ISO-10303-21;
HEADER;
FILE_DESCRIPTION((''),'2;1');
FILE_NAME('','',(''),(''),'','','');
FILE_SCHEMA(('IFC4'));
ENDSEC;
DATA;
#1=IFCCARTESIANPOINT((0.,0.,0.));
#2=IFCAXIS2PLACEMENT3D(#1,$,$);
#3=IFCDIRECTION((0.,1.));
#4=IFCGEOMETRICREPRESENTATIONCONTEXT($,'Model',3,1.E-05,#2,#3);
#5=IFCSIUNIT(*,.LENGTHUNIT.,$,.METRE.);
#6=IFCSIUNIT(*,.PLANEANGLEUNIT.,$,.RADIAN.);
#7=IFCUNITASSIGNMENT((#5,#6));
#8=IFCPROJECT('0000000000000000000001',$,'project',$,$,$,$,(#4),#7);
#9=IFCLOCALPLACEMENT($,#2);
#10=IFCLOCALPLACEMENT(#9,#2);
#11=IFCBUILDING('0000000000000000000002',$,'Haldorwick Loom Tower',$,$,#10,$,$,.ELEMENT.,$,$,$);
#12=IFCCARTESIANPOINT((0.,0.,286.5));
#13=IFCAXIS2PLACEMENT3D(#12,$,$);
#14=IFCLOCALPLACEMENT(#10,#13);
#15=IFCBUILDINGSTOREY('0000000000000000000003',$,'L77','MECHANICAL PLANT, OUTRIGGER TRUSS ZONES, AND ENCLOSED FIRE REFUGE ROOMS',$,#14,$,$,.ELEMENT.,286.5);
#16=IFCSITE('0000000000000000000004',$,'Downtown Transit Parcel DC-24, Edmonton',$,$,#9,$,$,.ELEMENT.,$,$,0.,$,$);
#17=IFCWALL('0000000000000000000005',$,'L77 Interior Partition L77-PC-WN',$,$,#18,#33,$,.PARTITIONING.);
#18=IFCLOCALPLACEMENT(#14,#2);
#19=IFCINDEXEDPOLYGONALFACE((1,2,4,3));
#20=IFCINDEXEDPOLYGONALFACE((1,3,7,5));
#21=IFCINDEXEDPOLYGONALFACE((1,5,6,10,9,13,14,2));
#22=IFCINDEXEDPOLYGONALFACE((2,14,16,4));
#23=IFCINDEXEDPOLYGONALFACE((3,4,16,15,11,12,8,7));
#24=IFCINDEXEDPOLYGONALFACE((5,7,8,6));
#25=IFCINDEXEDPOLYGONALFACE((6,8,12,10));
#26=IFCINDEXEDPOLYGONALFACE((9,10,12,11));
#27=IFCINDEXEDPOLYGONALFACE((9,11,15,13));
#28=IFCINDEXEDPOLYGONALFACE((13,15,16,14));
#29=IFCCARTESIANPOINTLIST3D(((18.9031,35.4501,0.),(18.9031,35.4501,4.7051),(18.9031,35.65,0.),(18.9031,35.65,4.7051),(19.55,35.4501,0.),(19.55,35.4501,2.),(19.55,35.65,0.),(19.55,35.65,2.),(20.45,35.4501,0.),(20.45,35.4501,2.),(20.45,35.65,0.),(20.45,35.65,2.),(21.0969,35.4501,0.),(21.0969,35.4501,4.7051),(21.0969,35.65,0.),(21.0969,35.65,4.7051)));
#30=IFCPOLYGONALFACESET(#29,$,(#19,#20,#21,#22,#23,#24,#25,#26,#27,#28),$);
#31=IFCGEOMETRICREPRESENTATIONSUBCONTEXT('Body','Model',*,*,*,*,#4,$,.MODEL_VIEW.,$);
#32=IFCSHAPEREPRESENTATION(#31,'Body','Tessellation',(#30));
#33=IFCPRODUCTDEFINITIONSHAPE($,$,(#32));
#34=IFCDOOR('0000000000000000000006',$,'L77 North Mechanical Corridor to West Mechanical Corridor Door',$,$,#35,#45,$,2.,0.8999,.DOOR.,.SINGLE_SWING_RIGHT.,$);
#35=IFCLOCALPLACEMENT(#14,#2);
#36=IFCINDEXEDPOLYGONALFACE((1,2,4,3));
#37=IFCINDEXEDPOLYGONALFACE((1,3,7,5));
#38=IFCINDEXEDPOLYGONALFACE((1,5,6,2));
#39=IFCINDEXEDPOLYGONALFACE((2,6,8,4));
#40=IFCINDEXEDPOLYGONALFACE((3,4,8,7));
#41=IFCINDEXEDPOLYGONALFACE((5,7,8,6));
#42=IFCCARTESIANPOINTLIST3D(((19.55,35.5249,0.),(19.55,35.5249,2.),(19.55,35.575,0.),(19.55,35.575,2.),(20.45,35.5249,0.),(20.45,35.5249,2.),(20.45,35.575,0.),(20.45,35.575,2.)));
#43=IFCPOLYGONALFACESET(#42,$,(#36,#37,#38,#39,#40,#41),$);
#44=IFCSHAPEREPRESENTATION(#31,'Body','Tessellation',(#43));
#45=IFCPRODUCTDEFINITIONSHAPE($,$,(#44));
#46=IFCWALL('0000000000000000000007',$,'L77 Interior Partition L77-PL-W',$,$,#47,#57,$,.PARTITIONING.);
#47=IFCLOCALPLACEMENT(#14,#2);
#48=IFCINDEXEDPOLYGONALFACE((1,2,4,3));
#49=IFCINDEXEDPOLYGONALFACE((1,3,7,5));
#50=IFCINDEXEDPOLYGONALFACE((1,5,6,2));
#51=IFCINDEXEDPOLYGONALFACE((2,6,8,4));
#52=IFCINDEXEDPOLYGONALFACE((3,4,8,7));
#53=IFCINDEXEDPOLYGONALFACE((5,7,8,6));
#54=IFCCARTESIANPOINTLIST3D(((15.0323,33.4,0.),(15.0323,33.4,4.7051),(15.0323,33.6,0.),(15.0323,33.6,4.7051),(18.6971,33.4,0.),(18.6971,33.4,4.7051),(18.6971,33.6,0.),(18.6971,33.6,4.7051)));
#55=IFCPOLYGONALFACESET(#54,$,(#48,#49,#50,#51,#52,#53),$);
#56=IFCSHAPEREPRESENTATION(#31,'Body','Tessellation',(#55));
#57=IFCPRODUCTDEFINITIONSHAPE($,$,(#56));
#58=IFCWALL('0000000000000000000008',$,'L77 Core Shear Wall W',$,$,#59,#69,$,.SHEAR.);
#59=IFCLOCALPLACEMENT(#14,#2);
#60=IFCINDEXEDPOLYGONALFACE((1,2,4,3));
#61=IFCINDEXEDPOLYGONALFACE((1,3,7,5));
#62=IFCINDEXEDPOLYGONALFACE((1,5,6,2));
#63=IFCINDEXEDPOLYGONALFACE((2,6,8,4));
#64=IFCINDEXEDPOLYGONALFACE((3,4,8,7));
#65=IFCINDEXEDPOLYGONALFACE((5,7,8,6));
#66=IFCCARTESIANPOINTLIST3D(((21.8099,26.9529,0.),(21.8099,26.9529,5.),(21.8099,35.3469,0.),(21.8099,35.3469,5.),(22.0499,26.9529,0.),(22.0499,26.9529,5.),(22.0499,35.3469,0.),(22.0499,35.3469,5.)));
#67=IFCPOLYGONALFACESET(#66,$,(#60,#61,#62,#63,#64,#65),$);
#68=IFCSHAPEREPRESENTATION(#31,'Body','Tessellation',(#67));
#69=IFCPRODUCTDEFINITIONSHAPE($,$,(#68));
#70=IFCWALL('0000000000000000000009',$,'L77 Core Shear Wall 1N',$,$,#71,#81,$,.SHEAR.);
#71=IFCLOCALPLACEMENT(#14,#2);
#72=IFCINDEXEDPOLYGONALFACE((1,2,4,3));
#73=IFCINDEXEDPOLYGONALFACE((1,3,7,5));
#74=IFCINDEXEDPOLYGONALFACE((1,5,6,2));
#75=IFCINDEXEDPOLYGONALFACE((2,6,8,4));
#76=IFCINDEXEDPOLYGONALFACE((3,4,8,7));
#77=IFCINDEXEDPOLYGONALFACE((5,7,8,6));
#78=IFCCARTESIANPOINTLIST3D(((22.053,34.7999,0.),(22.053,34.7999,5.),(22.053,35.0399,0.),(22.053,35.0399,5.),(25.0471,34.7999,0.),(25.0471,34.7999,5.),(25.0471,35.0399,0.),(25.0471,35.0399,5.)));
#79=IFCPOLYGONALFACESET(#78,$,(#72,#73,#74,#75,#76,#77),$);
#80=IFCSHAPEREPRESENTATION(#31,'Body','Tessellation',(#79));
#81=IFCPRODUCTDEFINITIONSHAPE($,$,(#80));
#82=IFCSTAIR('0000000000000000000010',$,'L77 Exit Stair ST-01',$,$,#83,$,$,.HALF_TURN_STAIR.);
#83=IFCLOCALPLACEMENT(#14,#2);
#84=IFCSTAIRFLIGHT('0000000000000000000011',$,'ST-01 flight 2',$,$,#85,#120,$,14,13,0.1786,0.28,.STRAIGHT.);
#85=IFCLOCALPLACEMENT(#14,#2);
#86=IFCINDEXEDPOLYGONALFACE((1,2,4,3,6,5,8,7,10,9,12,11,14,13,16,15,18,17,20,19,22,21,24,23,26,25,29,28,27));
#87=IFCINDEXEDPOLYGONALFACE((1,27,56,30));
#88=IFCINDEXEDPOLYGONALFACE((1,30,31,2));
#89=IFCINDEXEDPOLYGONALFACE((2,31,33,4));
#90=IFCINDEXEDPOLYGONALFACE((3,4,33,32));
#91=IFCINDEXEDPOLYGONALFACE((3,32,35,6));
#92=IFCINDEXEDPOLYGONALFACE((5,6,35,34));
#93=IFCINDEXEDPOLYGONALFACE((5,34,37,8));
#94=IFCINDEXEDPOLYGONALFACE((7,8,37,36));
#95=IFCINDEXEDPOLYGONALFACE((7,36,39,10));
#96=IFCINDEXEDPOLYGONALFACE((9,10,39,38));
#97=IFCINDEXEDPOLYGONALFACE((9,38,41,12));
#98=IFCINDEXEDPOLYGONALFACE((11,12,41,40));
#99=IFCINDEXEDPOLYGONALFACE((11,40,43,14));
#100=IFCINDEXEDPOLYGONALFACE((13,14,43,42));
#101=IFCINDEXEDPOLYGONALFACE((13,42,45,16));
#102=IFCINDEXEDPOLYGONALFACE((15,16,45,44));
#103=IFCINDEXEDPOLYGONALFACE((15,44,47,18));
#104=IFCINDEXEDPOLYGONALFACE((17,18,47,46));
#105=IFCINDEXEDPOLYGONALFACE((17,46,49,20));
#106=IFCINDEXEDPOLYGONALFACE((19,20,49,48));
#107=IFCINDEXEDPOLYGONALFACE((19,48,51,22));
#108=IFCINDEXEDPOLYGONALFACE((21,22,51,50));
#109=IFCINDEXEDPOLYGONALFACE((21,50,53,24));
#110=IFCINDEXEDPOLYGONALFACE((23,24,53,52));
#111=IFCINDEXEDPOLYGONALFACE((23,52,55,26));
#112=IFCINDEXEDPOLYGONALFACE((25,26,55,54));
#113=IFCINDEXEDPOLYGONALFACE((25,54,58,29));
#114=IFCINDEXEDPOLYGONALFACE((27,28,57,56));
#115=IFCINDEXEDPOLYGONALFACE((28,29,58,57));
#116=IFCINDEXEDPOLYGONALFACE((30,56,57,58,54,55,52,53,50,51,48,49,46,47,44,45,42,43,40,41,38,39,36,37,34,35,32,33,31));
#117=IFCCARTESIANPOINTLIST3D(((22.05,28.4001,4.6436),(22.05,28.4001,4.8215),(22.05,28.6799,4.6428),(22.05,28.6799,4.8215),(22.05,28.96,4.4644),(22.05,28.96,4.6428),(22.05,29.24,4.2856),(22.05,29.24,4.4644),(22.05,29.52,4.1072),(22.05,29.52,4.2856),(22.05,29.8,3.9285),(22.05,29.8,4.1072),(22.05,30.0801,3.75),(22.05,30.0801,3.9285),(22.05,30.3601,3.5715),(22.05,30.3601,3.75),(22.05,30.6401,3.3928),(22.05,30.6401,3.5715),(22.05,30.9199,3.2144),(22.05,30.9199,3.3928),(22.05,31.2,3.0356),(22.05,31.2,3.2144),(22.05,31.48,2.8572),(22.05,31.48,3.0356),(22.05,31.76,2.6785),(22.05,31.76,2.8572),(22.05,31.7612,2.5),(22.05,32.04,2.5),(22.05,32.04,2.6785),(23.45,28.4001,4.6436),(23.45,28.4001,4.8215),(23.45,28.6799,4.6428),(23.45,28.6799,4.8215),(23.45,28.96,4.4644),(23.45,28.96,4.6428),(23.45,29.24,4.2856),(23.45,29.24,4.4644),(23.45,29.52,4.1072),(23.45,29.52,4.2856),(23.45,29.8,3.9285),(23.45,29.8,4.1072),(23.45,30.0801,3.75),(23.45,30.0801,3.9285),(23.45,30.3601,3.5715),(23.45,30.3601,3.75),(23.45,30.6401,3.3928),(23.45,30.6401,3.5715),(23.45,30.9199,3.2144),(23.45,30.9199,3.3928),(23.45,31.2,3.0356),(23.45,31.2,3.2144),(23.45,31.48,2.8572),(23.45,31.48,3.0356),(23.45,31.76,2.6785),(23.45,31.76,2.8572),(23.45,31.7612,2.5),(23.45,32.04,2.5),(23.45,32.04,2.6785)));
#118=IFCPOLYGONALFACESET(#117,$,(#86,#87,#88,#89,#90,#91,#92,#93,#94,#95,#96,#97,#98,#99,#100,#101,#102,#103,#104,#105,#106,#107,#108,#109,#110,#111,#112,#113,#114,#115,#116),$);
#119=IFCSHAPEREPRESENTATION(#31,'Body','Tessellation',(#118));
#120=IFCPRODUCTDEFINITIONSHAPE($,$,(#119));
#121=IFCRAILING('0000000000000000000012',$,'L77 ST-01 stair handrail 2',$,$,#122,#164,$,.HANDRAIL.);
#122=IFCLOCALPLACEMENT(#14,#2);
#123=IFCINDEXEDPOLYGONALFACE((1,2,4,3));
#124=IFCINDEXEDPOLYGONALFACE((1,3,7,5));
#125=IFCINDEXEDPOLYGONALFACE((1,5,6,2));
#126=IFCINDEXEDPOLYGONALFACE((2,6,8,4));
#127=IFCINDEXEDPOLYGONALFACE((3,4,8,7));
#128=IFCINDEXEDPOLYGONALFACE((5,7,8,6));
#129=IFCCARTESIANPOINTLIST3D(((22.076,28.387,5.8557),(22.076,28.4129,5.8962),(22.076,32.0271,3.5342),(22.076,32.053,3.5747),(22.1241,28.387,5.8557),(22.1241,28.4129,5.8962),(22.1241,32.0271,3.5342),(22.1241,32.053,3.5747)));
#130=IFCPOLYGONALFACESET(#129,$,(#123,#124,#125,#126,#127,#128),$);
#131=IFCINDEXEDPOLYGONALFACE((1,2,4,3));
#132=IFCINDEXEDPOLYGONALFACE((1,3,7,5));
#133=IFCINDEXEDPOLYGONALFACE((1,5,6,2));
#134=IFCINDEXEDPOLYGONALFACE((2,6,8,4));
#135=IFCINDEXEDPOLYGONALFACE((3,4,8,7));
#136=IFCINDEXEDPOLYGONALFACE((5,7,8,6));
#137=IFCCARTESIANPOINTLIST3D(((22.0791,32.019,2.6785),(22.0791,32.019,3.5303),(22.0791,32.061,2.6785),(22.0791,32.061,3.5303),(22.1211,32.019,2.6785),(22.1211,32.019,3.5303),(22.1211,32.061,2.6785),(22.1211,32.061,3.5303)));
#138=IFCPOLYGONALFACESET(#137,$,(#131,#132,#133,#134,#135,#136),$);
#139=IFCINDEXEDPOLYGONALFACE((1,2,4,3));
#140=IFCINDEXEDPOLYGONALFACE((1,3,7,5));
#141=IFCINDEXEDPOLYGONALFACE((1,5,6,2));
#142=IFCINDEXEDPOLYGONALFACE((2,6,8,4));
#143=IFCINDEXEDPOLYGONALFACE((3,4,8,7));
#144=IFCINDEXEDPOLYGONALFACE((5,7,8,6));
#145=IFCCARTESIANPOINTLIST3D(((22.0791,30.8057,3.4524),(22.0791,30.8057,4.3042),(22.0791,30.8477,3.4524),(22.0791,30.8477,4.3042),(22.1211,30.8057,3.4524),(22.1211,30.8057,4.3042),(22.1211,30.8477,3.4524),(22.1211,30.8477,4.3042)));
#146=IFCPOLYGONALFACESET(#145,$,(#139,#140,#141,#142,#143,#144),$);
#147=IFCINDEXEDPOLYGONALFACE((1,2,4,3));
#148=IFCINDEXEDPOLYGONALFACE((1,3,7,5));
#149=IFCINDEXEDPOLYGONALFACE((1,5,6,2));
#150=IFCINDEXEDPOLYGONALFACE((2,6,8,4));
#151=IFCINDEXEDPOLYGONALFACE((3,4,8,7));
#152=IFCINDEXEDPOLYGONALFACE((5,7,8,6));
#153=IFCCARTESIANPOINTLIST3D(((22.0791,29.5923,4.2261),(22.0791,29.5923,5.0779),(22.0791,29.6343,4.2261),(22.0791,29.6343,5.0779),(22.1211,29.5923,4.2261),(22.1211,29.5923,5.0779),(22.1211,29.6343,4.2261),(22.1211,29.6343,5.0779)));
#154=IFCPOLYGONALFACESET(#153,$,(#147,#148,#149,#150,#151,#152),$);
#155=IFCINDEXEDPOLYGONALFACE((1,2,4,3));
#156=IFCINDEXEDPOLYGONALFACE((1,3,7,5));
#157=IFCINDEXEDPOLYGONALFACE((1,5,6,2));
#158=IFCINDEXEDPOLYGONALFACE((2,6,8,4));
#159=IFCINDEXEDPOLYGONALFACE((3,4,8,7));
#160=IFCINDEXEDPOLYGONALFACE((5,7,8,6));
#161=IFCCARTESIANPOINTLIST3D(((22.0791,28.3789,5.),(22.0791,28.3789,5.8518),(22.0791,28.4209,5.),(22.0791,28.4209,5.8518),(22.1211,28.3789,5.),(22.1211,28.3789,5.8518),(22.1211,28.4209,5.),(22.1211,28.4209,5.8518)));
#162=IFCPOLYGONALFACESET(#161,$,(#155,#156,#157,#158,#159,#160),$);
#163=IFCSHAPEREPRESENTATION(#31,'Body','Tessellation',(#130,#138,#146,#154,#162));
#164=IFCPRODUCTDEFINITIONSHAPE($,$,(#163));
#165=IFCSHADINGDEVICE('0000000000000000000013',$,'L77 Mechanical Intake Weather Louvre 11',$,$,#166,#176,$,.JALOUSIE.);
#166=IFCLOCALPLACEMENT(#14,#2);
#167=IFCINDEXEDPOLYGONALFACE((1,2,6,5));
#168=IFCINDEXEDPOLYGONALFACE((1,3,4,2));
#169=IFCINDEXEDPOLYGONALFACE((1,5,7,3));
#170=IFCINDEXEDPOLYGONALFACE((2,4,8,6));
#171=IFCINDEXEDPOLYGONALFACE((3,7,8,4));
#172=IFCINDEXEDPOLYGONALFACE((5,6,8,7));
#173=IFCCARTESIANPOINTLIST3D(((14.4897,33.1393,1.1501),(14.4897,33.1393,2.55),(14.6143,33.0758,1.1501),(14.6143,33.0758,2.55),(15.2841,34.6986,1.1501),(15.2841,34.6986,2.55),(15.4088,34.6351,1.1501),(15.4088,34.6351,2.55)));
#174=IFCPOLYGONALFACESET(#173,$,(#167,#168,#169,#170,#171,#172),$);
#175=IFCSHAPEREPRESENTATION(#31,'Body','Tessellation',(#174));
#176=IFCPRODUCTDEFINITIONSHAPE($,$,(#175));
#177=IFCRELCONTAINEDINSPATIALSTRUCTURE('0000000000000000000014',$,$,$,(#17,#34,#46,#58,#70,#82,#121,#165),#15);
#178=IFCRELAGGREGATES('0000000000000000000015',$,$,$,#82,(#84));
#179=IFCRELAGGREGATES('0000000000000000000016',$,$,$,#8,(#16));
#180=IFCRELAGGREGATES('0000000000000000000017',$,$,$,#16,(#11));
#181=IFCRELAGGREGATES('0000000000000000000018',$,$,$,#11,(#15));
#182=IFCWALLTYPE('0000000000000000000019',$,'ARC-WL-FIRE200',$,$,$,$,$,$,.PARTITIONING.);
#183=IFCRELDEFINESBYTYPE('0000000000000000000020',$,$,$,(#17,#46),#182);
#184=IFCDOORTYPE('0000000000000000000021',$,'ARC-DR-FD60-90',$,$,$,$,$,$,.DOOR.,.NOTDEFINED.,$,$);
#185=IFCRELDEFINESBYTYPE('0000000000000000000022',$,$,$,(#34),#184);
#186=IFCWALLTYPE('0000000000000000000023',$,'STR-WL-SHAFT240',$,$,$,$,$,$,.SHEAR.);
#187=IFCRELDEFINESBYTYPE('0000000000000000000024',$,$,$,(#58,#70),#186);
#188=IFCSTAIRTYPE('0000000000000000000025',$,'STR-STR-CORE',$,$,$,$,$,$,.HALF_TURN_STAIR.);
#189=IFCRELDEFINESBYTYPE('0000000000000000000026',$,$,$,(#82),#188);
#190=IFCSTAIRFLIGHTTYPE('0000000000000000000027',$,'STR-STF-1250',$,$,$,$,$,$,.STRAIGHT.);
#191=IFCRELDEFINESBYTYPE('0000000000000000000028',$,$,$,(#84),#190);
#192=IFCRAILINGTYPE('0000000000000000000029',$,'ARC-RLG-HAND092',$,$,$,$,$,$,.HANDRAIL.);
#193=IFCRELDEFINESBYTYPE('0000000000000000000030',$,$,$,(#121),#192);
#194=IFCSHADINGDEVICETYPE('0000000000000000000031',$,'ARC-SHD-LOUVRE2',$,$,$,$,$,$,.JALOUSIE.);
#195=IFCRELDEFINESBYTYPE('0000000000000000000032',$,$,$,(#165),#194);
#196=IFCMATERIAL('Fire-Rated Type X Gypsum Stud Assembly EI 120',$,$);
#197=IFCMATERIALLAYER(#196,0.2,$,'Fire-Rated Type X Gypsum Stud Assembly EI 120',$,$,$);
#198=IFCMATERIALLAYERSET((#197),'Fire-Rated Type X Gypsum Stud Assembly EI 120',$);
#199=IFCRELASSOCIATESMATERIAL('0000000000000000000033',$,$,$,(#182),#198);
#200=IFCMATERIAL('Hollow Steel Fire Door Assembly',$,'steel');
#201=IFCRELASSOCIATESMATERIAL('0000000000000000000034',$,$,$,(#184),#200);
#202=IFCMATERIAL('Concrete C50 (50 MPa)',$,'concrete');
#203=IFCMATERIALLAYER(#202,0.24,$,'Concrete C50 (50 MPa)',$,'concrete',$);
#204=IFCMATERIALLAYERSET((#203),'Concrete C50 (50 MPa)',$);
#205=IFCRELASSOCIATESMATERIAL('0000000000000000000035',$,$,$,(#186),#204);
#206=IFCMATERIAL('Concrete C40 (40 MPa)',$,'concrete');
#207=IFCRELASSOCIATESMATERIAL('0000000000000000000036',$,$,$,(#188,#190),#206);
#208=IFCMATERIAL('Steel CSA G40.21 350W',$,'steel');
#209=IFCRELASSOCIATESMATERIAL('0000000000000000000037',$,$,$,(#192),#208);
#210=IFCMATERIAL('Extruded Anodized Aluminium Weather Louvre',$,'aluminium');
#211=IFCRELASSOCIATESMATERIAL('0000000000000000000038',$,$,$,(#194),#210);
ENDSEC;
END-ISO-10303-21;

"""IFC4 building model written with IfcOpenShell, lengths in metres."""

from ifc_helpers import new_model, si_unit, direction, frame, frame_2d, origin, origin_2d, place, context, subcontext, project, spatial, polyline, rectangle, outline, extrude, material, layer, layer_set, type_object, element, fill, aggregate, save


model = new_model("IFC4")

# Units and contexts
model_context = context("Model", 3, precision=1e-05, world=origin(), true_north=direction((0.0, 1.0)))
body_context = subcontext(model_context, "Body", "Model", "MODEL_VIEW")
ifc_project = project(units=[si_unit("LENGTHUNIT", "METRE"), si_unit("PLANEANGLEUNIT", "RADIAN")], contexts=[model_context])

# Site, building, storey
site_placement = place(None, origin())
site = spatial("IfcSite", under=ifc_project, at=site_placement, Name="Downtown Transit Parcel DC-24, Edmonton", CompositionType="ELEMENT", RefElevation=0.0)
building_placement = place(site_placement, origin())
building = spatial("IfcBuilding", under=site, at=building_placement, Name="Haldorwick Loom Tower", CompositionType="ELEMENT")
storey_placement = place(building_placement, frame((0.0, 0.0, 286.5)))
storey = spatial("IfcBuildingStorey", under=building, at=storey_placement, Name="L77", Description="MECHANICAL PLANT, OUTRIGGER TRUSS ZONES, AND ENCLOSED FIRE REFUGE ROOMS", CompositionType="ELEMENT", Elevation=286.5)

# Shared definitions
ifc_material_1 = material(Name="Concrete C50 (50 MPa)", Category="concrete")
ifc_material_2 = material(Name="Steel CSA G40.21 350W", Category="steel")

# Wall, opening, door
ifc_material_3 = material(Name="Fire-Rated Type X Gypsum Stud Assembly EI 120")
ifc_layer_1 = layer(ifc_material_3, 0.2, Name="Fire-Rated Type X Gypsum Stud Assembly EI 120")
ifc_layer_set_1 = layer_set([ifc_layer_1], Name="Fire-Rated Type X Gypsum Stud Assembly EI 120")
wall_type_1 = type_object("IfcWallType", Name="ARC-WL-FIRE200", PredefinedType="PARTITIONING", material=ifc_layer_set_1)
wall_1_placement = place(storey_placement, frame((18.9031, 35.55, 0.0), z_axis=(0.0, 0.0, 1.0), x_axis=(1.0, 0.0, 0.0)))
wall_1 = element("IfcWall", 1, at=wall_1_placement, inside=storey, type_object=wall_type_1, Name="L77 Interior Partition L77-PC-WN", PredefinedType="PARTITIONING", context=body_context, shape_type="SweptSolid", body=[
    extrude(rectangle(XDim=2.1938, YDim=0.2, at=frame_2d((1.0969, 0.0))), origin(), (0.0, 0.0, 1.0), 4.7051),
])
opening_placement = place(wall_1_placement, frame((0.647, 0.0, 0.0)))
opening = element("IfcOpeningElement", 2, at=opening_placement, cuts=wall_1, PredefinedType="OPENING", context=body_context, shape_type="SweptSolid", body=[
    extrude(rectangle(XDim=0.8999, YDim=2.0, at=frame_2d((0.45, 1.0))), frame((0.0, 0.1099, 0.0), z_axis=(0.0, -1.0, 0.0), x_axis=(1.0, 0.0, 0.0)), (0.0, 0.0, 1.0), 0.22),
])
ifc_material_4 = material(Name="Hollow Steel Fire Door Assembly", Category="steel")
door_type = type_object("IfcDoorType", Name="ARC-DR-FD60-90", OperationType="NOTDEFINED", PredefinedType="DOOR", material=ifc_material_4)
door_placement = place(opening_placement, origin())
door = element("IfcDoor", 3, at=door_placement, inside=storey, type_object=door_type, Name="L77 North Mechanical Corridor to West Mechanical Corridor Door", OperationType="SINGLE_SWING_RIGHT", OverallHeight=2.0, OverallWidth=0.8999, PredefinedType="DOOR", context=body_context, shape_type="SweptSolid", body=[
    extrude(rectangle(XDim=0.8999, YDim=2.0, at=frame_2d((0.45, 1.0))), frame((0.0, 0.0249, 0.0), z_axis=(0.0, -1.0, 0.0), x_axis=(1.0, 0.0, 0.0)), (0.0, 0.0, 1.0), 0.05),
])
fill(opening, door)

# Walls
wall_2_placement = place(storey_placement, frame((15.0322, 33.5, 0.0), z_axis=(0.0, 0.0, 1.0), x_axis=(1.0, 0.0, 0.0)))
element("IfcWall", 4, at=wall_2_placement, inside=storey, type_object=wall_type_1, Name="L77 Interior Partition L77-PL-W", PredefinedType="PARTITIONING", context=body_context, shape_type="SweptSolid", body=[
    extrude(rectangle(XDim=3.6648, YDim=0.2, at=frame_2d((1.8325, 0.0))), origin(), (0.0, 0.0, 1.0), 4.7051),
])
ifc_layer_2 = layer(ifc_material_1, 0.24, Name="Concrete C50 (50 MPa)", Category="concrete")
ifc_layer_set_2 = layer_set([ifc_layer_2], Name="Concrete C50 (50 MPa)")
wall_type_2 = type_object("IfcWallType", Name="STR-WL-SHAFT240", PredefinedType="SHEAR", material=ifc_layer_set_2)
wall_3_placement = place(storey_placement, frame((21.9299, 35.3469, 0.0), z_axis=(0.0, 0.0, 1.0), x_axis=(0.0, -1.0, 0.0)))
element("IfcWall", 5, at=wall_3_placement, inside=storey, type_object=wall_type_2, Name="L77 Core Shear Wall W", PredefinedType="SHEAR", context=body_context, shape_type="SweptSolid", body=[
    extrude(rectangle(XDim=8.394, YDim=0.24, at=frame_2d((4.197, 0.0))), origin(), (0.0, 0.0, 1.0), 5.0),
])
wall_4_placement = place(storey_placement, frame((22.053, 34.9199, 0.0), z_axis=(0.0, 0.0, 1.0), x_axis=(1.0, 0.0, 0.0)))
element("IfcWall", 6, at=wall_4_placement, inside=storey, type_object=wall_type_2, Name="L77 Core Shear Wall 1N", PredefinedType="SHEAR", context=body_context, shape_type="SweptSolid", body=[
    extrude(rectangle(XDim=2.9941, YDim=0.24, at=frame_2d((1.4971, 0.0))), origin(), (0.0, 0.0, 1.0), 5.0),
])

# Stair, stair flight
ifc_material_5 = material(Name="Concrete C40 (40 MPa)", Category="concrete")
stair_type = type_object("IfcStairType", Name="STR-STR-CORE", PredefinedType="HALF_TURN_STAIR", material=ifc_material_5)
stair_placement = place(storey_placement, origin())
stair = element("IfcStair", 7, at=stair_placement, inside=storey, type_object=stair_type, Name="L77 Exit Stair ST-01", PredefinedType="HALF_TURN_STAIR")
stair_flight_type = type_object("IfcStairFlightType", Name="STR-STF-1250", PredefinedType="STRAIGHT", material=ifc_material_5)
stair_flight_placement = place(storey_placement, frame((22.75, 32.04, 2.5), z_axis=(0.0, 0.0, 1.0), x_axis=(0.0, -1.0, 0.0)))
stair_flight = element("IfcStairFlight", 8, at=stair_flight_placement, type_object=stair_flight_type, Name="ST-01 flight 2", NumberOfRisers=14, NumberOfTreads=13, PredefinedType="STRAIGHT", RiserHeight=0.1786, TreadLength=0.28, context=body_context, shape_type="SweptSolid", body=[
    extrude(outline(polyline([(0.0, 0.0), (0.0, 0.1785), (0.28, 0.1785), (0.28, 0.3572), (0.5601, 0.3572), (0.5601, 0.5356), (0.8401, 0.5356), (0.8401, 0.7144), (1.1201, 0.7144), (1.1201, 0.8928), (1.3999, 0.8928), (1.3999, 1.0715), (1.6799, 1.0715), (1.6799, 1.25), (1.96, 1.25), (1.96, 1.4285), (2.24, 1.4285), (2.24, 1.6072), (2.52, 1.6072), (2.52, 1.7856), (2.8, 1.7856), (2.8, 1.9644), (3.0801, 1.9644), (3.0801, 2.1428), (3.3601, 2.1428), (3.3601, 2.3215), (3.6399, 2.3215), (3.6399, 2.5), (3.6399, 2.1436), (0.2788, 0.0), (0.0, 0.0)])), frame((0.0, 0.7, 0.0), z_axis=(0.0, -1.0, 0.0), x_axis=(1.0, 0.0, 0.0)), (0.0, 0.0, 1.0), 1.3999),
])
aggregate(stair, [stair_flight])

# Railing
railing_type = type_object("IfcRailingType", Name="ARC-RLG-HAND092", PredefinedType="HANDRAIL", material=ifc_material_2)
railing_placement = place(storey_placement, frame((22.1001, 32.04, 2.6785)))
element("IfcRailing", 9, at=railing_placement, inside=storey, type_object=railing_type, Name="L77 ST-01 stair handrail 2", PredefinedType="HANDRAIL", context=body_context, shape_type="SweptSolid", body=[
    extrude(rectangle(XDim=0.0481, YDim=0.0481, at=origin_2d()), frame((0.0, 0.0, 0.876), z_axis=(0.0, -0.843128, 0.537713), x_axis=(1.0, 0.0, 0.0)), (0.0, 0.0, 1.0), 4.3174),
    extrude(rectangle(XDim=0.042, YDim=0.042, at=origin_2d()), origin(), (0.0, 0.0, 1.0), 0.8518),
    extrude(rectangle(XDim=0.042, YDim=0.042, at=origin_2d()), frame((0.0, -1.2134, 0.7739)), (0.0, 0.0, 1.0), 0.8518),
    extrude(rectangle(XDim=0.042, YDim=0.042, at=origin_2d()), frame((0.0, -2.4268, 1.5476)), (0.0, 0.0, 1.0), 0.8518),
    extrude(rectangle(XDim=0.042, YDim=0.042, at=origin_2d()), frame((0.0, -3.6401, 2.3215)), (0.0, 0.0, 1.0), 0.8518),
])

# Shading device
ifc_material_6 = material(Name="Extruded Anodized Aluminium Weather Louvre", Category="aluminium")
shading_device_type = type_object("IfcShadingDeviceType", Name="ARC-SHD-LOUVRE2", PredefinedType="JALOUSIE", material=ifc_material_6)
shading_device_placement = place(storey_placement, frame((14.9492, 33.8872, 1.1501), z_axis=(0.0, 0.0, 1.0), x_axis=(-0.45399, -0.891007, 0.0)))
element("IfcShadingDevice", 10, at=shading_device_placement, inside=storey, type_object=shading_device_type, Name="L77 Mechanical Intake Weather Louvre 11", PredefinedType="JALOUSIE", context=body_context, shape_type="SweptSolid", body=[
    extrude(rectangle(XDim=1.75, YDim=0.1399, at=origin_2d()), origin(), (0.0, 0.0, 1.0), 1.3999),
])

save(model, "model.ifc")
